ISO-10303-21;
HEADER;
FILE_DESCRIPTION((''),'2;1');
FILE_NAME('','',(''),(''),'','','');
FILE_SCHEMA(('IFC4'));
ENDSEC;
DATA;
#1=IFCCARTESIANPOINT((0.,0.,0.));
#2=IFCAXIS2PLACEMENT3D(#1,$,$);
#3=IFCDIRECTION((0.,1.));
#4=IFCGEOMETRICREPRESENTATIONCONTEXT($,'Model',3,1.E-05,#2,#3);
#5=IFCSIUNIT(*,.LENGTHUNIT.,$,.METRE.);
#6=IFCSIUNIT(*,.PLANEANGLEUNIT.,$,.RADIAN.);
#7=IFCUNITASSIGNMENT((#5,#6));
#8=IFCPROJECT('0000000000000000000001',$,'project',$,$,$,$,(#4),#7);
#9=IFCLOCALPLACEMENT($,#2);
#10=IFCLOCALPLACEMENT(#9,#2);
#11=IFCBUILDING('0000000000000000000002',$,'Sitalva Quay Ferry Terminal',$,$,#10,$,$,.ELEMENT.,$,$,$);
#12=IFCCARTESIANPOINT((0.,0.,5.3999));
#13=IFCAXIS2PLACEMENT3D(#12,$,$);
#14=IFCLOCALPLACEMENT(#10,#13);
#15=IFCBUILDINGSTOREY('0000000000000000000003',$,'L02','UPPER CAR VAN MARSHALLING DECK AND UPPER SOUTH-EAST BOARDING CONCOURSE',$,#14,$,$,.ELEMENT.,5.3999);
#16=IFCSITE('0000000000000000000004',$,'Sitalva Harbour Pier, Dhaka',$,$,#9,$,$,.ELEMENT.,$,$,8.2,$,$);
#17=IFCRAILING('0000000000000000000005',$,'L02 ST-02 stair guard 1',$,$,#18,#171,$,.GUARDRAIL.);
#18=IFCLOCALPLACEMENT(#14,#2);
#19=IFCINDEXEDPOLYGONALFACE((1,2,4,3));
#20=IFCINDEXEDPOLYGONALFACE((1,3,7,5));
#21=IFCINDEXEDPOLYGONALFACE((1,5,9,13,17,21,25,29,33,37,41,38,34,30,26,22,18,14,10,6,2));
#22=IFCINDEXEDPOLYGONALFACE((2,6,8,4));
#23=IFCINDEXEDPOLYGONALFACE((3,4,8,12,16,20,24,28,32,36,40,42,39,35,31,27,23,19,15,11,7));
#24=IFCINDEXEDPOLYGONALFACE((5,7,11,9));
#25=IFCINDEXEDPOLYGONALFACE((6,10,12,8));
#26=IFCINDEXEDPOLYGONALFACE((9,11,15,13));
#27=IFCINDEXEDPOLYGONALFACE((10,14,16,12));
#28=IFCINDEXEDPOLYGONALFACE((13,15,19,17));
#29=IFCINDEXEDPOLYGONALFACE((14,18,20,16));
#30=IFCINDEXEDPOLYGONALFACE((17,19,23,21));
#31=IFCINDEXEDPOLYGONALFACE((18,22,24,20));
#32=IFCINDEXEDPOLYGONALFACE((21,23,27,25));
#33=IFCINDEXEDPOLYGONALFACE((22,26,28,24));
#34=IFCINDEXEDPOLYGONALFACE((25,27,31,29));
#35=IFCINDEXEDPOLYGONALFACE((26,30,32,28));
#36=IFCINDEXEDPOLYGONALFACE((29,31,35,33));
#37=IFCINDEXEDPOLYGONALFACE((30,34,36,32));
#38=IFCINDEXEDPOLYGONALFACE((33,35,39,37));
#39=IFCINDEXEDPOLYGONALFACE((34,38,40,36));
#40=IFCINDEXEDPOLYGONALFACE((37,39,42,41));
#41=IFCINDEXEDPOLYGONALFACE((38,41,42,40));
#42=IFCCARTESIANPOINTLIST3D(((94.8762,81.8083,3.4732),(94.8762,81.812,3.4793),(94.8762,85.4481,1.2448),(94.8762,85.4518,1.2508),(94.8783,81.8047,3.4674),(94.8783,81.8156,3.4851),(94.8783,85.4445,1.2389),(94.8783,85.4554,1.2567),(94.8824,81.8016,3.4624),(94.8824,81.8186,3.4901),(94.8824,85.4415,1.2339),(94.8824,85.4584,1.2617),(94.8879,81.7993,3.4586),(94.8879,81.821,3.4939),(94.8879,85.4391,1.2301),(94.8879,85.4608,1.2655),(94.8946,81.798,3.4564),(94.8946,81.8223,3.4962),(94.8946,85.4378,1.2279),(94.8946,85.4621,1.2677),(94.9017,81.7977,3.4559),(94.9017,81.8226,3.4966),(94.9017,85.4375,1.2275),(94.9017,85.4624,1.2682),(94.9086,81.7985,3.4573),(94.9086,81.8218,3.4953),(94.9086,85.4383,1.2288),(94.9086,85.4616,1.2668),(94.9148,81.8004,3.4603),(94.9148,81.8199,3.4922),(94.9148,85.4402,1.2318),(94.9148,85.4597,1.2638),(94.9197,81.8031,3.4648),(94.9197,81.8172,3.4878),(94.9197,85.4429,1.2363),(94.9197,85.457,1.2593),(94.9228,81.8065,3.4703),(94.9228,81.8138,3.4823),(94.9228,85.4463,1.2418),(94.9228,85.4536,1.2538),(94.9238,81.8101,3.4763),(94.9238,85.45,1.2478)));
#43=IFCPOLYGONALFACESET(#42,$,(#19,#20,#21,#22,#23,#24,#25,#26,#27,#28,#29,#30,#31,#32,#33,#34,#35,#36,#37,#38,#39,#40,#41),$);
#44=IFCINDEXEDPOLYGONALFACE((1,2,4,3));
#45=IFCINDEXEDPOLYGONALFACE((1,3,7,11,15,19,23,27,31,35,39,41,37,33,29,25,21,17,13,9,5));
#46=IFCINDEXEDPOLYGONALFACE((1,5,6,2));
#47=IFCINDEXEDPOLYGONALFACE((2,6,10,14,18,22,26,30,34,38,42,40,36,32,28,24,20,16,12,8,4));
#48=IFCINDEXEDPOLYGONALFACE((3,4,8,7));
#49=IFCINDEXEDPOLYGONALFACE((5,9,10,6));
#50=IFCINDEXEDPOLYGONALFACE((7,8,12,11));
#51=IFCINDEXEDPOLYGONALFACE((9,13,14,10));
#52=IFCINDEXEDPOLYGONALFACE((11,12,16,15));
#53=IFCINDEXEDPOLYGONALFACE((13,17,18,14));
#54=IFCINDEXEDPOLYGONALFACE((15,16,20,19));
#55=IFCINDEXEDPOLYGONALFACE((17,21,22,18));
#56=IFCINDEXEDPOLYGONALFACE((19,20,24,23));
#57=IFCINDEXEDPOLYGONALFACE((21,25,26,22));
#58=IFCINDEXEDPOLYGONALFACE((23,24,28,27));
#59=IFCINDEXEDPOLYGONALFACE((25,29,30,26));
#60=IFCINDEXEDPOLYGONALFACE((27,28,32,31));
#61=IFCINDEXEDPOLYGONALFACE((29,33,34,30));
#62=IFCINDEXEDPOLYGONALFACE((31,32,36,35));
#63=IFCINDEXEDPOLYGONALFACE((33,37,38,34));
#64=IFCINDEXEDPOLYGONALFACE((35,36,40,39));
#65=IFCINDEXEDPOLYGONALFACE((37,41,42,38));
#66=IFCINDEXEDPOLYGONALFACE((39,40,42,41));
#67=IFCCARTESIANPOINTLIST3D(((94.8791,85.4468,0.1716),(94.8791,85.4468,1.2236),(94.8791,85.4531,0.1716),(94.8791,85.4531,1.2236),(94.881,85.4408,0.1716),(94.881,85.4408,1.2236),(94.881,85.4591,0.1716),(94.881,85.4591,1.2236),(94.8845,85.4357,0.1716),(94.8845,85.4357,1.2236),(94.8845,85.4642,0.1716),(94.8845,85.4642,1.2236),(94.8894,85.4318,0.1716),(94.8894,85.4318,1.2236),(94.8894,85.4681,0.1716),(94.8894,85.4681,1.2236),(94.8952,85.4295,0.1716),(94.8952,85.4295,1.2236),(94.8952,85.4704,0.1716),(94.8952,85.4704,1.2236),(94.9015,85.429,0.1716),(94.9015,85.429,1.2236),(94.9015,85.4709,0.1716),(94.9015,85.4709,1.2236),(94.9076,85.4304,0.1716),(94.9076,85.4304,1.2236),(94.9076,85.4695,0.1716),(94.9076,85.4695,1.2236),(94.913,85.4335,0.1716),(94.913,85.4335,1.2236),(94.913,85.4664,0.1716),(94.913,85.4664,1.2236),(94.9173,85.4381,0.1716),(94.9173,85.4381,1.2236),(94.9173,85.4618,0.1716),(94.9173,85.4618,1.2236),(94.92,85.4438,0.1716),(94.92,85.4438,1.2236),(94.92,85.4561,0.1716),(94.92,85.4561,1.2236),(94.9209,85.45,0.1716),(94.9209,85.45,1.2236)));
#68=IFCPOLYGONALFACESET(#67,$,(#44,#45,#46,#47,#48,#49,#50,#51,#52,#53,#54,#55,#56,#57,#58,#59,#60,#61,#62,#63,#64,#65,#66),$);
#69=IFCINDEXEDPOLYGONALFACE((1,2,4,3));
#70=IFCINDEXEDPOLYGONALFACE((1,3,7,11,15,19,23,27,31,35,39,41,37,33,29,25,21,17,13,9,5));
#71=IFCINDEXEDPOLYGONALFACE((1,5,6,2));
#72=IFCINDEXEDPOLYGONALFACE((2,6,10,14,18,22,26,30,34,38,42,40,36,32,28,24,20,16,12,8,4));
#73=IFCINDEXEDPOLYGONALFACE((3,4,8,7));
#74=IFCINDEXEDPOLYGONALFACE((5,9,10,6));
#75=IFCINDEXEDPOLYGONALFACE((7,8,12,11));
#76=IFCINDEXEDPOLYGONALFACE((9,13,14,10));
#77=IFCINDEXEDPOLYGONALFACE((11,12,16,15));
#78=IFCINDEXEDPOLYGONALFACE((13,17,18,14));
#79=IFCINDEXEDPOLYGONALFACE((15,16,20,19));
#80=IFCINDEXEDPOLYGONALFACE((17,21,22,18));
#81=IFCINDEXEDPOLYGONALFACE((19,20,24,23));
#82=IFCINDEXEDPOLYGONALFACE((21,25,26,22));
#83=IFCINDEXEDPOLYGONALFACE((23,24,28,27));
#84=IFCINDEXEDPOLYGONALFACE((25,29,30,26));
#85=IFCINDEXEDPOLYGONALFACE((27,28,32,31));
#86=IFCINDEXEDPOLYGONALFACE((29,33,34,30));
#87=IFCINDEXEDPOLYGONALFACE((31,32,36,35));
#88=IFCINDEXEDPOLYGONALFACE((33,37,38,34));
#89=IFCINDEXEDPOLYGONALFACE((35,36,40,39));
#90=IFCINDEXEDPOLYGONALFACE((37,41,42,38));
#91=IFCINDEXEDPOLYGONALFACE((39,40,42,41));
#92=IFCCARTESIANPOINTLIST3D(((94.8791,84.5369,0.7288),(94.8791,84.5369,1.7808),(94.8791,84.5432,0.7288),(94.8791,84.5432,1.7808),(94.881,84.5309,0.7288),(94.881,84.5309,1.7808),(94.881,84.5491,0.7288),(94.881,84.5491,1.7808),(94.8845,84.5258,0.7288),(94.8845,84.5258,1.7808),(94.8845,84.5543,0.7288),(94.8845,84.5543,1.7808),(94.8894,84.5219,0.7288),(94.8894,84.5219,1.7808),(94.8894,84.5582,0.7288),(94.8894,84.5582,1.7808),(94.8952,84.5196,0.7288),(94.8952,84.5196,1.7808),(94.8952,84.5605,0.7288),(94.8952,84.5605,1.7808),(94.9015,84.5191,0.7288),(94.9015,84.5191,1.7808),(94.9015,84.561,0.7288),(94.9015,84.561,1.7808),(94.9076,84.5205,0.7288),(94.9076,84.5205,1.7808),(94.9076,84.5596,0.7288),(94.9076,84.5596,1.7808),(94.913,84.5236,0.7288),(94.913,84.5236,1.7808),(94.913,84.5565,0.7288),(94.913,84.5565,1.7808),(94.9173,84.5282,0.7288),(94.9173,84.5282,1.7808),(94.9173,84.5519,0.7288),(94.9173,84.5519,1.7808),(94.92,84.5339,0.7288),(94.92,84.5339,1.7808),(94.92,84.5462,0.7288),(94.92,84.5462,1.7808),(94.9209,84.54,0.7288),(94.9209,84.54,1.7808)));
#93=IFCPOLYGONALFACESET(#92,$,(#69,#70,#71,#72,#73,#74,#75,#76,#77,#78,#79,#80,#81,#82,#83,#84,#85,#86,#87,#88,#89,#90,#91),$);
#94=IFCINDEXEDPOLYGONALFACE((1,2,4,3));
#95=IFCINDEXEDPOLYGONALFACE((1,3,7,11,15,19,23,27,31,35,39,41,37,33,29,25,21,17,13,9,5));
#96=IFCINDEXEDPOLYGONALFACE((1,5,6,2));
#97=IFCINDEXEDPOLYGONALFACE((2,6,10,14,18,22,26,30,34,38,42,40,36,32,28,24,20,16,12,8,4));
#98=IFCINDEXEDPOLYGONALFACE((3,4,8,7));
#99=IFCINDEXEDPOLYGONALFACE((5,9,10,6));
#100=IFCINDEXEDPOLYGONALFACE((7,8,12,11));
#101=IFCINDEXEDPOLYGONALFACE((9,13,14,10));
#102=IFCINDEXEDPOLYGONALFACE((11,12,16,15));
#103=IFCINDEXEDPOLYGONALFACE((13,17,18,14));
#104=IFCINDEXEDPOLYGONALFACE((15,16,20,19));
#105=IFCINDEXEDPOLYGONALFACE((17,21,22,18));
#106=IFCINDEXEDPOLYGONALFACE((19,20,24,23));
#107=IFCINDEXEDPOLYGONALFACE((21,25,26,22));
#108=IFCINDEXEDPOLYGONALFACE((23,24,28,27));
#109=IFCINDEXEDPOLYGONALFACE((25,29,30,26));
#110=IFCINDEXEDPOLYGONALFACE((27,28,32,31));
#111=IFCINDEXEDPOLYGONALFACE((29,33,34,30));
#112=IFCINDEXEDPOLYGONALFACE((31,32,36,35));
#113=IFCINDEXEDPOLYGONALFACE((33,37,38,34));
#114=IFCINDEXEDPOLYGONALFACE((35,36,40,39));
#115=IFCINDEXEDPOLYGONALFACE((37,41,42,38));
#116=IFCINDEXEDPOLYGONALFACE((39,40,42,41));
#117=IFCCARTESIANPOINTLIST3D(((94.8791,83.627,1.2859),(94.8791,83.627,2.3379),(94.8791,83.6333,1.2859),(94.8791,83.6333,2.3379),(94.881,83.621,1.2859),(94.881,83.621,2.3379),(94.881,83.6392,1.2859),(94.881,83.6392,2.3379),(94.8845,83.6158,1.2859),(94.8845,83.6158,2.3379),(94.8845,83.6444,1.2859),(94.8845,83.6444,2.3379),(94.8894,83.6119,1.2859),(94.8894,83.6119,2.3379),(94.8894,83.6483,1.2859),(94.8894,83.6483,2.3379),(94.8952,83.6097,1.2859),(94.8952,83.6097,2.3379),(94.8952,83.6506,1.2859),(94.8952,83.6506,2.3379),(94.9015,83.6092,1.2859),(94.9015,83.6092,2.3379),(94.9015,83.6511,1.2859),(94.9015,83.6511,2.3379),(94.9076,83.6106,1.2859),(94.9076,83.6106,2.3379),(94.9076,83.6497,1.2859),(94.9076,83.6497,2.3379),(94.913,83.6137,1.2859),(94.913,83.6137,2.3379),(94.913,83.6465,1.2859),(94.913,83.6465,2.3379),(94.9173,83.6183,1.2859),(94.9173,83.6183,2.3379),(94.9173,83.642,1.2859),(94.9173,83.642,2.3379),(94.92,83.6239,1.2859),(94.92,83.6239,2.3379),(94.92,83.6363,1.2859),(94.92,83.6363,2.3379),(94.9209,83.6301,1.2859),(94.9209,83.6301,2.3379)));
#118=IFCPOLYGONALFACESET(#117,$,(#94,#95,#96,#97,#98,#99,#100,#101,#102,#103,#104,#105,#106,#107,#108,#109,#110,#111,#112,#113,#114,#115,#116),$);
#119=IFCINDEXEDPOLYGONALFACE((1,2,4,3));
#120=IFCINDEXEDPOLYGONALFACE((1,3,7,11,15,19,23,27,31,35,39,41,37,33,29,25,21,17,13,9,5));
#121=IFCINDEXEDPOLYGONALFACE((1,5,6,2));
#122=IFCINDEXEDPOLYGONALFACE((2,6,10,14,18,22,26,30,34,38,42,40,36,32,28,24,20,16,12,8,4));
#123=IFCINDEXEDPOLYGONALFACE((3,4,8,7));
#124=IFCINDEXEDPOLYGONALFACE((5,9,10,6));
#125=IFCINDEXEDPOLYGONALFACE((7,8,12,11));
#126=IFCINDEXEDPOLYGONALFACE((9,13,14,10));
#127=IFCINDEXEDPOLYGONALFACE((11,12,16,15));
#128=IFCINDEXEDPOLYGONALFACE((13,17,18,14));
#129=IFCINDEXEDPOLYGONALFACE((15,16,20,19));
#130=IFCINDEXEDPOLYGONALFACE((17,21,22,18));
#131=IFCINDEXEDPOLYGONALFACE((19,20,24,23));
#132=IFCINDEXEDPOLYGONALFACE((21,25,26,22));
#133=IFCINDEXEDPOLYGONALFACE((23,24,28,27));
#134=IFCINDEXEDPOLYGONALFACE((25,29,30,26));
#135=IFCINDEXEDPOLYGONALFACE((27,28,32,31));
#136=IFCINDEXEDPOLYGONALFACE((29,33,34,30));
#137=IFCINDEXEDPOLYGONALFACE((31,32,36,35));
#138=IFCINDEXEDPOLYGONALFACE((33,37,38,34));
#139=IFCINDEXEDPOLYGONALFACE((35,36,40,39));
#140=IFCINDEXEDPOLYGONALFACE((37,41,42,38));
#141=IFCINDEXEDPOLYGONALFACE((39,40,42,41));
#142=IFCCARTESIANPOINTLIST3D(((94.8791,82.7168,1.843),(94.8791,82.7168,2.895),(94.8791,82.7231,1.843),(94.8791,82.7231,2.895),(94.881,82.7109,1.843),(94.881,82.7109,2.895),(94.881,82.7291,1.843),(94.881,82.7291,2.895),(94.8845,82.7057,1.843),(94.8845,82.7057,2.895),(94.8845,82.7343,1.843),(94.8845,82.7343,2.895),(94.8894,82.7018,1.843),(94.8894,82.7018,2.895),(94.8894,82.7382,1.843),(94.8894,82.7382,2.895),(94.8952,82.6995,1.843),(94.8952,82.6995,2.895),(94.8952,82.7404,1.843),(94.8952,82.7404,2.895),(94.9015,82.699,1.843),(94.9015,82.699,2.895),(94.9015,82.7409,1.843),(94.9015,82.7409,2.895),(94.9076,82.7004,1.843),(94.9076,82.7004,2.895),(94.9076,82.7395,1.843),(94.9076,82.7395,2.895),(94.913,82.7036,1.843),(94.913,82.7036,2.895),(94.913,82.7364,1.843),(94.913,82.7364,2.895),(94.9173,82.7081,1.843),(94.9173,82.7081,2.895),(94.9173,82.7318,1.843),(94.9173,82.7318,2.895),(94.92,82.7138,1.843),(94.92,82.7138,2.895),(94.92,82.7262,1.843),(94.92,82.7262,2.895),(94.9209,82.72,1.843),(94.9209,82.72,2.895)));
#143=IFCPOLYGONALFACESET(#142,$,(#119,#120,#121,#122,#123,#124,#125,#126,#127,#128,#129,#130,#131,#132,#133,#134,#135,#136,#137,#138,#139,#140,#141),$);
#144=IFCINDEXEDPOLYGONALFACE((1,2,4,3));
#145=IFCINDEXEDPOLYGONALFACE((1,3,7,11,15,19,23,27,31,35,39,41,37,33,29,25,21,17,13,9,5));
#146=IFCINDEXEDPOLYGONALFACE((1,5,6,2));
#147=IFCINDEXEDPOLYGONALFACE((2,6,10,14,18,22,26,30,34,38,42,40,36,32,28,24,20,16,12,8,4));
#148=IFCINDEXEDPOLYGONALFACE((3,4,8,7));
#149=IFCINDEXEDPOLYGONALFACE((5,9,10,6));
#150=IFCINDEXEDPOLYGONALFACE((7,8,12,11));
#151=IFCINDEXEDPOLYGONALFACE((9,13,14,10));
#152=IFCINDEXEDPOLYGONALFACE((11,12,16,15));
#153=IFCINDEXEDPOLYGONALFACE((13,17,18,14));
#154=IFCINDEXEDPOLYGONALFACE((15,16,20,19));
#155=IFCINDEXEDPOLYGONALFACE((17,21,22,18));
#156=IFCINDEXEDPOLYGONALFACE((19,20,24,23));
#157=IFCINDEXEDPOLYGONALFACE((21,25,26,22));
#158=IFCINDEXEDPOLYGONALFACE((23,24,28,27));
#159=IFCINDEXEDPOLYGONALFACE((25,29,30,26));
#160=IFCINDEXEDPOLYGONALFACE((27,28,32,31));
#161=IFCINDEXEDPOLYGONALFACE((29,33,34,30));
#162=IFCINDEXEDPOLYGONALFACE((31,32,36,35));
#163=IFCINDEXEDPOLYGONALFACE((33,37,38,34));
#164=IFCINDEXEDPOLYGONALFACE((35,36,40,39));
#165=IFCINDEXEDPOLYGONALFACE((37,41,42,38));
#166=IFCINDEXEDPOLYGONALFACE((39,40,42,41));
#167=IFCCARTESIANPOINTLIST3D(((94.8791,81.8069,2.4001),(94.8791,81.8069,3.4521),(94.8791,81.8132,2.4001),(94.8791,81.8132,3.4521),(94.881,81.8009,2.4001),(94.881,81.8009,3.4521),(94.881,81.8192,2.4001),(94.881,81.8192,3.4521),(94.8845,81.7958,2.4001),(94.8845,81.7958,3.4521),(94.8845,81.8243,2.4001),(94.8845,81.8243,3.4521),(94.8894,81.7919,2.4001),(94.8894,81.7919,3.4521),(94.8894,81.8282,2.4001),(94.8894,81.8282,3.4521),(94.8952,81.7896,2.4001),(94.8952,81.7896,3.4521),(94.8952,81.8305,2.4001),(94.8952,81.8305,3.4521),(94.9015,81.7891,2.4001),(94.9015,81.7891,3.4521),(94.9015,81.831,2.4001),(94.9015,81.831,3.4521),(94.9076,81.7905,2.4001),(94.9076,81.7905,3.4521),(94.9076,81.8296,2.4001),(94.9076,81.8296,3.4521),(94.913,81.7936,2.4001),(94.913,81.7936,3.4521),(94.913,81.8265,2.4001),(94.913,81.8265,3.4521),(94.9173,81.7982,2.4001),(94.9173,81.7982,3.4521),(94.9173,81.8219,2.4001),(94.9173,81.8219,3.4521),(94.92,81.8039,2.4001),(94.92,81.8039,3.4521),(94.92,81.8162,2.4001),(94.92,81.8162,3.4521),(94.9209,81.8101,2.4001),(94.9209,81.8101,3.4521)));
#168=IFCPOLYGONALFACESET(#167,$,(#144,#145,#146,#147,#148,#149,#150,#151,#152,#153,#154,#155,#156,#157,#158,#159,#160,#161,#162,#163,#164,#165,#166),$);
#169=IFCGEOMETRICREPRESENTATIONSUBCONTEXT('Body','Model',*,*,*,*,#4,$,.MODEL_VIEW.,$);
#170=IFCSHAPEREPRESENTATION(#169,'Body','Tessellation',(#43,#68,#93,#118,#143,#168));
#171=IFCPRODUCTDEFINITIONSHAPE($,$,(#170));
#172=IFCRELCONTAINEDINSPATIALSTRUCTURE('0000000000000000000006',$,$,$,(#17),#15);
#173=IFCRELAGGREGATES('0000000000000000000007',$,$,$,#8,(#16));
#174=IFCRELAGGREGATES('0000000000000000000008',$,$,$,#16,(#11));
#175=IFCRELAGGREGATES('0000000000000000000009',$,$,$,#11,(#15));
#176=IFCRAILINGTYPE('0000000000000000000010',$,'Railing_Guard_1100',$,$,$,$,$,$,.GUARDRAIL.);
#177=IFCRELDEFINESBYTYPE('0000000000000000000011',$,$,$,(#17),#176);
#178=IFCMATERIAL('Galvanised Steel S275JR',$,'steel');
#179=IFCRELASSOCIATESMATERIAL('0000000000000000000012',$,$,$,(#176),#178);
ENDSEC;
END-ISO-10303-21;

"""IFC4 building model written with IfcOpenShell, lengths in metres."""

from ifc_helpers import new_model, si_unit, direction, frame, origin, origin_2d, place, context, subcontext, project, spatial, circle, extrude, material, type_object, element, save


model = new_model("IFC4")

# Units and contexts
model_context = context("Model", 3, precision=1e-05, world=origin(), true_north=direction((0.0, 1.0)))
body_context = subcontext(model_context, "Body", "Model", "MODEL_VIEW")
ifc_project = project(units=[si_unit("LENGTHUNIT", "METRE"), si_unit("PLANEANGLEUNIT", "RADIAN")], contexts=[model_context])

# Site, building, storey
site_placement = place(None, origin())
site = spatial("IfcSite", under=ifc_project, at=site_placement, Name="Sitalva Harbour Pier, Dhaka", CompositionType="ELEMENT", RefElevation=8.2)
building_placement = place(site_placement, origin())
building = spatial("IfcBuilding", under=site, at=building_placement, Name="Sitalva Quay Ferry Terminal", CompositionType="ELEMENT")
storey_placement = place(building_placement, frame((0.0, 0.0, 5.3999)))
storey = spatial("IfcBuildingStorey", under=building, at=storey_placement, Name="L02", Description="UPPER CAR VAN MARSHALLING DECK AND UPPER SOUTH-EAST BOARDING CONCOURSE", CompositionType="ELEMENT", Elevation=5.3999)

# Railing
ifc_material_1 = material(Name="Galvanised Steel S275JR", Category="steel")
railing_type = type_object("IfcRailingType", Name="Railing_Guard_1100", PredefinedType="GUARDRAIL", material=ifc_material_1)
railing_1_placement = place(storey_placement, frame((94.8999, 85.45, 0.1716)))
element("IfcRailing", 1, at=railing_1_placement, inside=storey, type_object=railing_type, Name="L02 ST-02 stair guard 1", PredefinedType="GUARDRAIL", context=body_context, shape_type="SweptSolid", body=[
    extrude(circle(Radius=0.0239, at=origin_2d()), frame((0.0, 0.0, 1.0762), z_axis=(0.0, -0.85285, 0.522156), x_axis=(1.0, 0.0, 0.0)), (0.0, 0.0, 1.0), 4.2678),
    extrude(circle(Radius=0.021, at=origin_2d()), origin(), (0.0, 0.0, 1.0), 1.052),
    extrude(circle(Radius=0.021, at=origin_2d()), frame((0.0, -0.9099, 0.5571)), (0.0, 0.0, 1.0), 1.052),
    extrude(circle(Radius=0.021, at=origin_2d()), frame((0.0, -1.8198, 1.1143)), (0.0, 0.0, 1.0), 1.052),
    extrude(circle(Radius=0.021, at=origin_2d()), frame((0.0, -2.73, 1.6714)), (0.0, 0.0, 1.0), 1.052),
    extrude(circle(Radius=0.021, at=origin_2d()), frame((0.0, -3.6399, 2.2285)), (0.0, 0.0, 1.0), 1.052),
])

save(model, "model.ifc")
